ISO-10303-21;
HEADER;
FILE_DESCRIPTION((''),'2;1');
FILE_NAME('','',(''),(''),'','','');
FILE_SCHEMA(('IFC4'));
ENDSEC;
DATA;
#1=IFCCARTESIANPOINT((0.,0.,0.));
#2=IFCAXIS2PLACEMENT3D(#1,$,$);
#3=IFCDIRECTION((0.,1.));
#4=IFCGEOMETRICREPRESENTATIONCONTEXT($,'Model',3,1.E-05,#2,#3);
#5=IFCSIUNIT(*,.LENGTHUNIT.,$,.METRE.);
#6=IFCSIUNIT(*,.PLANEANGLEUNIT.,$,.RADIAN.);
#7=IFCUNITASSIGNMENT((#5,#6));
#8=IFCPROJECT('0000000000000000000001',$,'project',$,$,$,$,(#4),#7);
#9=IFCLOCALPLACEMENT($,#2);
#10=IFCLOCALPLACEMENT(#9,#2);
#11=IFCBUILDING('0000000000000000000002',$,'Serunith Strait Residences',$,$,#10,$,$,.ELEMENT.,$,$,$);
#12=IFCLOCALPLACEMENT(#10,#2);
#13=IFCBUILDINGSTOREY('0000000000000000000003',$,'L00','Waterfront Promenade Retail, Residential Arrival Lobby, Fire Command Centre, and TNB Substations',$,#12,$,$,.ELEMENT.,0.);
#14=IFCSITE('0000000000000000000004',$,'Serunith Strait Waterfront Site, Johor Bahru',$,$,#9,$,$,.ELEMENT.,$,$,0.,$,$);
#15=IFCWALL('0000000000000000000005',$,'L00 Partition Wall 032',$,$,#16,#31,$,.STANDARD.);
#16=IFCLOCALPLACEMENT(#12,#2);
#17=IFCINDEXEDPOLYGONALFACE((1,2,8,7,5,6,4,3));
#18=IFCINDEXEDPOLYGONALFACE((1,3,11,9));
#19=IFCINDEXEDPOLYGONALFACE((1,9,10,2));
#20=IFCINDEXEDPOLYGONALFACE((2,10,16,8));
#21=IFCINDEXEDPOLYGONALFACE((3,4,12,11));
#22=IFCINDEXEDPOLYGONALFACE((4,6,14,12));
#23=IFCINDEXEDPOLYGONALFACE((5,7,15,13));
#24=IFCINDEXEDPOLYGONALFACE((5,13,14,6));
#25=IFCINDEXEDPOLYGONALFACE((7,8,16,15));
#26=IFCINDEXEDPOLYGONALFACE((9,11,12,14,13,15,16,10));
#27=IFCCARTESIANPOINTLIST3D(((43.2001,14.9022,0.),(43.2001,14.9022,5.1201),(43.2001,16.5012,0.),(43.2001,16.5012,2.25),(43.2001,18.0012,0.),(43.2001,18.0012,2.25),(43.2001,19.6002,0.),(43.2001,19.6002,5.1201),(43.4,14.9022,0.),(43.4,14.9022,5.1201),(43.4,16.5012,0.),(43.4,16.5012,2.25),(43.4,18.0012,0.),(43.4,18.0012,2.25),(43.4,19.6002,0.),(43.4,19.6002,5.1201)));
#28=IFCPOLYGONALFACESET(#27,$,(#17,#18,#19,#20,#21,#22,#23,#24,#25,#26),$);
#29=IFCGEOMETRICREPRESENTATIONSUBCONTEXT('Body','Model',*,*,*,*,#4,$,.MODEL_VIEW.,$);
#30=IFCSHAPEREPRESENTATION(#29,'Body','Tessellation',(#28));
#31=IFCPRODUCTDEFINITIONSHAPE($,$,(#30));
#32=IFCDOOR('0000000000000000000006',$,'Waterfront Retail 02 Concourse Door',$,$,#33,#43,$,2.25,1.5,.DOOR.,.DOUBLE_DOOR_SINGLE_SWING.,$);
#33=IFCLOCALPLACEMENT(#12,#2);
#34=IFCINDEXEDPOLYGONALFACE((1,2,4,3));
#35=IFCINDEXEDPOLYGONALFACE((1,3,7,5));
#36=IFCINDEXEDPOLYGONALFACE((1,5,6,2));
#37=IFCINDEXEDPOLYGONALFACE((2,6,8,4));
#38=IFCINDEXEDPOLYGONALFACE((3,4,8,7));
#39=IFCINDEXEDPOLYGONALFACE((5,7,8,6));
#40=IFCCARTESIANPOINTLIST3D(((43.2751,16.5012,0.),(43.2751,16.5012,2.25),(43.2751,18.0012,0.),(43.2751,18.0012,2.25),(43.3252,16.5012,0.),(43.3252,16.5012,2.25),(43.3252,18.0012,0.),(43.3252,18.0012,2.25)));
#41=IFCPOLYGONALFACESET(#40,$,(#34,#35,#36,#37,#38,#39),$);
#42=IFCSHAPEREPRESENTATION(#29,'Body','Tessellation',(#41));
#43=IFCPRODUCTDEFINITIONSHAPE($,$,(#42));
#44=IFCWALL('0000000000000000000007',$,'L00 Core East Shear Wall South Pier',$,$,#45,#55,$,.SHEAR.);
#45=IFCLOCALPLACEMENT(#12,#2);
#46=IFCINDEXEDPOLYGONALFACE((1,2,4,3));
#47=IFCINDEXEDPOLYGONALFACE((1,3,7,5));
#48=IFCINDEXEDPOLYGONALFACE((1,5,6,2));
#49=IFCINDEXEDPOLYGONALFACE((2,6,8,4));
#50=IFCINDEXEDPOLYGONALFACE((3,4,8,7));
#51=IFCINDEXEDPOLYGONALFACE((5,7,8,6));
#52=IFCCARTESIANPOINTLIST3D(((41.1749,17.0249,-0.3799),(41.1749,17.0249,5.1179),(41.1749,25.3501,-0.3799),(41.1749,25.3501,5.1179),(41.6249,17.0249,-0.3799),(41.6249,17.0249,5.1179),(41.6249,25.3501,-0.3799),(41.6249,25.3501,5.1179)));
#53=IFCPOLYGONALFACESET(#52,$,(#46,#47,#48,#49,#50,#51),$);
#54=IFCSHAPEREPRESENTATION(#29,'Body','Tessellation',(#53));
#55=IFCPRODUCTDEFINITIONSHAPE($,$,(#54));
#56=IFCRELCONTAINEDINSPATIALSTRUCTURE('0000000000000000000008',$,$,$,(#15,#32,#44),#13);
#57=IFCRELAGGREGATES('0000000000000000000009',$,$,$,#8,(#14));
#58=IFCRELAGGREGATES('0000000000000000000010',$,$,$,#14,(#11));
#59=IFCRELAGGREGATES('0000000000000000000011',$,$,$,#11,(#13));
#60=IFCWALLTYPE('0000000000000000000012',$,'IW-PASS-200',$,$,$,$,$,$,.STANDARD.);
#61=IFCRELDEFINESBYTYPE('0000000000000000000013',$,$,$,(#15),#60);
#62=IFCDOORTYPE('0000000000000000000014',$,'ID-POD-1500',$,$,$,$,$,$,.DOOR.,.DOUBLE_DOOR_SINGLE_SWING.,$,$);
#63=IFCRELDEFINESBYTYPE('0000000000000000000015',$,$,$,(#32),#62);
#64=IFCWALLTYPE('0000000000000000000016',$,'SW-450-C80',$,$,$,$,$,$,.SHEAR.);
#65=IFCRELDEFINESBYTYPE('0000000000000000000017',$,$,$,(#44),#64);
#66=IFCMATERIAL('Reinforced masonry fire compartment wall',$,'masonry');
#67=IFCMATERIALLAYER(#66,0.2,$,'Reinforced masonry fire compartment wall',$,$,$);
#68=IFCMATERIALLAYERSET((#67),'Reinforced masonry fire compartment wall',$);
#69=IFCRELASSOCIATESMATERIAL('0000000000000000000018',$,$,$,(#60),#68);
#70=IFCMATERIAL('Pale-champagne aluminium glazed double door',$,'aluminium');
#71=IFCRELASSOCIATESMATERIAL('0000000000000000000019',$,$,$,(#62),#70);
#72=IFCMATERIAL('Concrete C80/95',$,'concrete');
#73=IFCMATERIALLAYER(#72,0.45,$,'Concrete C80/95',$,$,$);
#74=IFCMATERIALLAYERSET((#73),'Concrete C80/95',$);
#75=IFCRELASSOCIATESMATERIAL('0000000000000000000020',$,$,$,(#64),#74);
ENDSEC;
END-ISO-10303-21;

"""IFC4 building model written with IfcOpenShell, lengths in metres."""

from ifc_helpers import new_model, si_unit, direction, frame, frame_2d, origin, place, context, subcontext, project, spatial, rectangle, extrude, source, transform, mapped, material, layer, layer_set, type_object, element, fill, save


model = new_model("IFC4")

# Units and contexts
model_context = context("Model", 3, precision=1e-05, world=origin(), true_north=direction((0.0, 1.0)))
body_context = subcontext(model_context, "Body", "Model", "MODEL_VIEW")
ifc_project = project(units=[si_unit("LENGTHUNIT", "METRE"), si_unit("PLANEANGLEUNIT", "RADIAN")], contexts=[model_context])

# Site, building, storey
site_placement = place(None, origin())
site = spatial("IfcSite", under=ifc_project, at=site_placement, Name="Serunith Strait Waterfront Site, Johor Bahru", CompositionType="ELEMENT", RefElevation=0.0)
building_placement = place(site_placement, origin())
building = spatial("IfcBuilding", under=site, at=building_placement, Name="Serunith Strait Residences", CompositionType="ELEMENT")
storey_placement = place(building_placement, origin())
storey = spatial("IfcBuildingStorey", under=building, at=storey_placement, Name="L00", Description="Waterfront Promenade Retail, Residential Arrival Lobby, Fire Command Centre, and TNB Substations", CompositionType="ELEMENT", Elevation=0.0)

# Shared definitions
ifc_material_1 = material(Name="Reinforced masonry fire compartment wall", Category="masonry")
ifc_layer_1 = layer(ifc_material_1, 0.2, Name="Reinforced masonry fire compartment wall")
ifc_layer_set_1 = layer_set([ifc_layer_1], Name="Reinforced masonry fire compartment wall")
wall_type_1 = type_object("IfcWallType", Name="IW-PASS-200", PredefinedType="STANDARD", material=ifc_layer_set_1)

# Wall, opening, door
wall_1_placement = place(storey_placement, frame((43.3, 14.9021, 0.0), z_axis=(0.0, 0.0, 1.0), x_axis=(0.0, 1.0, 0.0)))
wall_1 = element("IfcWall", 1, at=wall_1_placement, inside=storey, type_object=wall_type_1, Name="L00 Partition Wall 032", PredefinedType="STANDARD", context=body_context, shape_type="SweptSolid", body=[
    extrude(rectangle(XDim=4.698, YDim=0.2, at=frame_2d((2.3491, 0.0))), origin(), (0.0, 0.0, 1.0), 5.1201),
])
opening_1_placement = place(wall_1_placement, frame((1.5991, 0.0, 0.0)))
opening_1 = element("IfcOpeningElement", 2, at=opening_1_placement, cuts=wall_1, PredefinedType="OPENING", context=body_context, shape_type="SweptSolid", body=[
    extrude(rectangle(XDim=1.5, YDim=2.25, at=frame_2d((0.75, 1.125))), frame((0.0, 0.1099, 0.0), z_axis=(0.0, -1.0, 0.0), x_axis=(1.0, 0.0, 0.0)), (0.0, 0.0, 1.0), 0.22),
])
ifc_material_2 = material(Name="Pale-champagne aluminium glazed double door", Category="aluminium")
door_type_1 = type_object("IfcDoorType", Name="ID-POD-1500", OperationType="DOUBLE_DOOR_SINGLE_SWING", PredefinedType="DOOR", material=ifc_material_2)
shared_shape_1 = source(origin(), body_context, "Body", "SweptSolid", [
    extrude(rectangle(XDim=1.5, YDim=2.25, at=frame_2d((0.75, 1.125))), frame((0.0, 0.0249, 0.0), z_axis=(0.0, -1.0, 0.0), x_axis=(1.0, 0.0, 0.0)), (0.0, 0.0, 1.0), 0.05),
])
door_1_placement = place(opening_1_placement, origin())
door_1 = element("IfcDoor", 3, at=door_1_placement, inside=storey, type_object=door_type_1, Name="Waterfront Retail 02 Concourse Door", OperationType="DOUBLE_DOOR_SINGLE_SWING", OverallHeight=2.25, OverallWidth=1.5, PredefinedType="DOOR", context=body_context, shape_type="MappedRepresentation", body=[
    mapped(shared_shape_1, transform((0.0, 0.0, 0.0), scale=1.0)),
])
fill(opening_1, door_1)

# Wall
ifc_material_3 = material(Name="Concrete C80/95", Category="concrete")
ifc_layer_2 = layer(ifc_material_3, 0.45, Name="Concrete C80/95")
ifc_layer_set_2 = layer_set([ifc_layer_2], Name="Concrete C80/95")
wall_type_2 = type_object("IfcWallType", Name="SW-450-C80", PredefinedType="SHEAR", material=ifc_layer_set_2)
wall_2_placement = place(storey_placement, frame((41.3999, 17.0249, -0.3799), z_axis=(0.0, 0.0, 1.0), x_axis=(0.0, 1.0, 0.0)))
element("IfcWall", 4, at=wall_2_placement, inside=storey, type_object=wall_type_2, Name="L00 Core East Shear Wall South Pier", PredefinedType="SHEAR", context=body_context, shape_type="SweptSolid", body=[
    extrude(rectangle(XDim=8.3252, YDim=0.45, at=frame_2d((4.1626, 0.0))), origin(), (0.0, 0.0, 1.0), 5.4978),
])

save(model, "model.ifc")
